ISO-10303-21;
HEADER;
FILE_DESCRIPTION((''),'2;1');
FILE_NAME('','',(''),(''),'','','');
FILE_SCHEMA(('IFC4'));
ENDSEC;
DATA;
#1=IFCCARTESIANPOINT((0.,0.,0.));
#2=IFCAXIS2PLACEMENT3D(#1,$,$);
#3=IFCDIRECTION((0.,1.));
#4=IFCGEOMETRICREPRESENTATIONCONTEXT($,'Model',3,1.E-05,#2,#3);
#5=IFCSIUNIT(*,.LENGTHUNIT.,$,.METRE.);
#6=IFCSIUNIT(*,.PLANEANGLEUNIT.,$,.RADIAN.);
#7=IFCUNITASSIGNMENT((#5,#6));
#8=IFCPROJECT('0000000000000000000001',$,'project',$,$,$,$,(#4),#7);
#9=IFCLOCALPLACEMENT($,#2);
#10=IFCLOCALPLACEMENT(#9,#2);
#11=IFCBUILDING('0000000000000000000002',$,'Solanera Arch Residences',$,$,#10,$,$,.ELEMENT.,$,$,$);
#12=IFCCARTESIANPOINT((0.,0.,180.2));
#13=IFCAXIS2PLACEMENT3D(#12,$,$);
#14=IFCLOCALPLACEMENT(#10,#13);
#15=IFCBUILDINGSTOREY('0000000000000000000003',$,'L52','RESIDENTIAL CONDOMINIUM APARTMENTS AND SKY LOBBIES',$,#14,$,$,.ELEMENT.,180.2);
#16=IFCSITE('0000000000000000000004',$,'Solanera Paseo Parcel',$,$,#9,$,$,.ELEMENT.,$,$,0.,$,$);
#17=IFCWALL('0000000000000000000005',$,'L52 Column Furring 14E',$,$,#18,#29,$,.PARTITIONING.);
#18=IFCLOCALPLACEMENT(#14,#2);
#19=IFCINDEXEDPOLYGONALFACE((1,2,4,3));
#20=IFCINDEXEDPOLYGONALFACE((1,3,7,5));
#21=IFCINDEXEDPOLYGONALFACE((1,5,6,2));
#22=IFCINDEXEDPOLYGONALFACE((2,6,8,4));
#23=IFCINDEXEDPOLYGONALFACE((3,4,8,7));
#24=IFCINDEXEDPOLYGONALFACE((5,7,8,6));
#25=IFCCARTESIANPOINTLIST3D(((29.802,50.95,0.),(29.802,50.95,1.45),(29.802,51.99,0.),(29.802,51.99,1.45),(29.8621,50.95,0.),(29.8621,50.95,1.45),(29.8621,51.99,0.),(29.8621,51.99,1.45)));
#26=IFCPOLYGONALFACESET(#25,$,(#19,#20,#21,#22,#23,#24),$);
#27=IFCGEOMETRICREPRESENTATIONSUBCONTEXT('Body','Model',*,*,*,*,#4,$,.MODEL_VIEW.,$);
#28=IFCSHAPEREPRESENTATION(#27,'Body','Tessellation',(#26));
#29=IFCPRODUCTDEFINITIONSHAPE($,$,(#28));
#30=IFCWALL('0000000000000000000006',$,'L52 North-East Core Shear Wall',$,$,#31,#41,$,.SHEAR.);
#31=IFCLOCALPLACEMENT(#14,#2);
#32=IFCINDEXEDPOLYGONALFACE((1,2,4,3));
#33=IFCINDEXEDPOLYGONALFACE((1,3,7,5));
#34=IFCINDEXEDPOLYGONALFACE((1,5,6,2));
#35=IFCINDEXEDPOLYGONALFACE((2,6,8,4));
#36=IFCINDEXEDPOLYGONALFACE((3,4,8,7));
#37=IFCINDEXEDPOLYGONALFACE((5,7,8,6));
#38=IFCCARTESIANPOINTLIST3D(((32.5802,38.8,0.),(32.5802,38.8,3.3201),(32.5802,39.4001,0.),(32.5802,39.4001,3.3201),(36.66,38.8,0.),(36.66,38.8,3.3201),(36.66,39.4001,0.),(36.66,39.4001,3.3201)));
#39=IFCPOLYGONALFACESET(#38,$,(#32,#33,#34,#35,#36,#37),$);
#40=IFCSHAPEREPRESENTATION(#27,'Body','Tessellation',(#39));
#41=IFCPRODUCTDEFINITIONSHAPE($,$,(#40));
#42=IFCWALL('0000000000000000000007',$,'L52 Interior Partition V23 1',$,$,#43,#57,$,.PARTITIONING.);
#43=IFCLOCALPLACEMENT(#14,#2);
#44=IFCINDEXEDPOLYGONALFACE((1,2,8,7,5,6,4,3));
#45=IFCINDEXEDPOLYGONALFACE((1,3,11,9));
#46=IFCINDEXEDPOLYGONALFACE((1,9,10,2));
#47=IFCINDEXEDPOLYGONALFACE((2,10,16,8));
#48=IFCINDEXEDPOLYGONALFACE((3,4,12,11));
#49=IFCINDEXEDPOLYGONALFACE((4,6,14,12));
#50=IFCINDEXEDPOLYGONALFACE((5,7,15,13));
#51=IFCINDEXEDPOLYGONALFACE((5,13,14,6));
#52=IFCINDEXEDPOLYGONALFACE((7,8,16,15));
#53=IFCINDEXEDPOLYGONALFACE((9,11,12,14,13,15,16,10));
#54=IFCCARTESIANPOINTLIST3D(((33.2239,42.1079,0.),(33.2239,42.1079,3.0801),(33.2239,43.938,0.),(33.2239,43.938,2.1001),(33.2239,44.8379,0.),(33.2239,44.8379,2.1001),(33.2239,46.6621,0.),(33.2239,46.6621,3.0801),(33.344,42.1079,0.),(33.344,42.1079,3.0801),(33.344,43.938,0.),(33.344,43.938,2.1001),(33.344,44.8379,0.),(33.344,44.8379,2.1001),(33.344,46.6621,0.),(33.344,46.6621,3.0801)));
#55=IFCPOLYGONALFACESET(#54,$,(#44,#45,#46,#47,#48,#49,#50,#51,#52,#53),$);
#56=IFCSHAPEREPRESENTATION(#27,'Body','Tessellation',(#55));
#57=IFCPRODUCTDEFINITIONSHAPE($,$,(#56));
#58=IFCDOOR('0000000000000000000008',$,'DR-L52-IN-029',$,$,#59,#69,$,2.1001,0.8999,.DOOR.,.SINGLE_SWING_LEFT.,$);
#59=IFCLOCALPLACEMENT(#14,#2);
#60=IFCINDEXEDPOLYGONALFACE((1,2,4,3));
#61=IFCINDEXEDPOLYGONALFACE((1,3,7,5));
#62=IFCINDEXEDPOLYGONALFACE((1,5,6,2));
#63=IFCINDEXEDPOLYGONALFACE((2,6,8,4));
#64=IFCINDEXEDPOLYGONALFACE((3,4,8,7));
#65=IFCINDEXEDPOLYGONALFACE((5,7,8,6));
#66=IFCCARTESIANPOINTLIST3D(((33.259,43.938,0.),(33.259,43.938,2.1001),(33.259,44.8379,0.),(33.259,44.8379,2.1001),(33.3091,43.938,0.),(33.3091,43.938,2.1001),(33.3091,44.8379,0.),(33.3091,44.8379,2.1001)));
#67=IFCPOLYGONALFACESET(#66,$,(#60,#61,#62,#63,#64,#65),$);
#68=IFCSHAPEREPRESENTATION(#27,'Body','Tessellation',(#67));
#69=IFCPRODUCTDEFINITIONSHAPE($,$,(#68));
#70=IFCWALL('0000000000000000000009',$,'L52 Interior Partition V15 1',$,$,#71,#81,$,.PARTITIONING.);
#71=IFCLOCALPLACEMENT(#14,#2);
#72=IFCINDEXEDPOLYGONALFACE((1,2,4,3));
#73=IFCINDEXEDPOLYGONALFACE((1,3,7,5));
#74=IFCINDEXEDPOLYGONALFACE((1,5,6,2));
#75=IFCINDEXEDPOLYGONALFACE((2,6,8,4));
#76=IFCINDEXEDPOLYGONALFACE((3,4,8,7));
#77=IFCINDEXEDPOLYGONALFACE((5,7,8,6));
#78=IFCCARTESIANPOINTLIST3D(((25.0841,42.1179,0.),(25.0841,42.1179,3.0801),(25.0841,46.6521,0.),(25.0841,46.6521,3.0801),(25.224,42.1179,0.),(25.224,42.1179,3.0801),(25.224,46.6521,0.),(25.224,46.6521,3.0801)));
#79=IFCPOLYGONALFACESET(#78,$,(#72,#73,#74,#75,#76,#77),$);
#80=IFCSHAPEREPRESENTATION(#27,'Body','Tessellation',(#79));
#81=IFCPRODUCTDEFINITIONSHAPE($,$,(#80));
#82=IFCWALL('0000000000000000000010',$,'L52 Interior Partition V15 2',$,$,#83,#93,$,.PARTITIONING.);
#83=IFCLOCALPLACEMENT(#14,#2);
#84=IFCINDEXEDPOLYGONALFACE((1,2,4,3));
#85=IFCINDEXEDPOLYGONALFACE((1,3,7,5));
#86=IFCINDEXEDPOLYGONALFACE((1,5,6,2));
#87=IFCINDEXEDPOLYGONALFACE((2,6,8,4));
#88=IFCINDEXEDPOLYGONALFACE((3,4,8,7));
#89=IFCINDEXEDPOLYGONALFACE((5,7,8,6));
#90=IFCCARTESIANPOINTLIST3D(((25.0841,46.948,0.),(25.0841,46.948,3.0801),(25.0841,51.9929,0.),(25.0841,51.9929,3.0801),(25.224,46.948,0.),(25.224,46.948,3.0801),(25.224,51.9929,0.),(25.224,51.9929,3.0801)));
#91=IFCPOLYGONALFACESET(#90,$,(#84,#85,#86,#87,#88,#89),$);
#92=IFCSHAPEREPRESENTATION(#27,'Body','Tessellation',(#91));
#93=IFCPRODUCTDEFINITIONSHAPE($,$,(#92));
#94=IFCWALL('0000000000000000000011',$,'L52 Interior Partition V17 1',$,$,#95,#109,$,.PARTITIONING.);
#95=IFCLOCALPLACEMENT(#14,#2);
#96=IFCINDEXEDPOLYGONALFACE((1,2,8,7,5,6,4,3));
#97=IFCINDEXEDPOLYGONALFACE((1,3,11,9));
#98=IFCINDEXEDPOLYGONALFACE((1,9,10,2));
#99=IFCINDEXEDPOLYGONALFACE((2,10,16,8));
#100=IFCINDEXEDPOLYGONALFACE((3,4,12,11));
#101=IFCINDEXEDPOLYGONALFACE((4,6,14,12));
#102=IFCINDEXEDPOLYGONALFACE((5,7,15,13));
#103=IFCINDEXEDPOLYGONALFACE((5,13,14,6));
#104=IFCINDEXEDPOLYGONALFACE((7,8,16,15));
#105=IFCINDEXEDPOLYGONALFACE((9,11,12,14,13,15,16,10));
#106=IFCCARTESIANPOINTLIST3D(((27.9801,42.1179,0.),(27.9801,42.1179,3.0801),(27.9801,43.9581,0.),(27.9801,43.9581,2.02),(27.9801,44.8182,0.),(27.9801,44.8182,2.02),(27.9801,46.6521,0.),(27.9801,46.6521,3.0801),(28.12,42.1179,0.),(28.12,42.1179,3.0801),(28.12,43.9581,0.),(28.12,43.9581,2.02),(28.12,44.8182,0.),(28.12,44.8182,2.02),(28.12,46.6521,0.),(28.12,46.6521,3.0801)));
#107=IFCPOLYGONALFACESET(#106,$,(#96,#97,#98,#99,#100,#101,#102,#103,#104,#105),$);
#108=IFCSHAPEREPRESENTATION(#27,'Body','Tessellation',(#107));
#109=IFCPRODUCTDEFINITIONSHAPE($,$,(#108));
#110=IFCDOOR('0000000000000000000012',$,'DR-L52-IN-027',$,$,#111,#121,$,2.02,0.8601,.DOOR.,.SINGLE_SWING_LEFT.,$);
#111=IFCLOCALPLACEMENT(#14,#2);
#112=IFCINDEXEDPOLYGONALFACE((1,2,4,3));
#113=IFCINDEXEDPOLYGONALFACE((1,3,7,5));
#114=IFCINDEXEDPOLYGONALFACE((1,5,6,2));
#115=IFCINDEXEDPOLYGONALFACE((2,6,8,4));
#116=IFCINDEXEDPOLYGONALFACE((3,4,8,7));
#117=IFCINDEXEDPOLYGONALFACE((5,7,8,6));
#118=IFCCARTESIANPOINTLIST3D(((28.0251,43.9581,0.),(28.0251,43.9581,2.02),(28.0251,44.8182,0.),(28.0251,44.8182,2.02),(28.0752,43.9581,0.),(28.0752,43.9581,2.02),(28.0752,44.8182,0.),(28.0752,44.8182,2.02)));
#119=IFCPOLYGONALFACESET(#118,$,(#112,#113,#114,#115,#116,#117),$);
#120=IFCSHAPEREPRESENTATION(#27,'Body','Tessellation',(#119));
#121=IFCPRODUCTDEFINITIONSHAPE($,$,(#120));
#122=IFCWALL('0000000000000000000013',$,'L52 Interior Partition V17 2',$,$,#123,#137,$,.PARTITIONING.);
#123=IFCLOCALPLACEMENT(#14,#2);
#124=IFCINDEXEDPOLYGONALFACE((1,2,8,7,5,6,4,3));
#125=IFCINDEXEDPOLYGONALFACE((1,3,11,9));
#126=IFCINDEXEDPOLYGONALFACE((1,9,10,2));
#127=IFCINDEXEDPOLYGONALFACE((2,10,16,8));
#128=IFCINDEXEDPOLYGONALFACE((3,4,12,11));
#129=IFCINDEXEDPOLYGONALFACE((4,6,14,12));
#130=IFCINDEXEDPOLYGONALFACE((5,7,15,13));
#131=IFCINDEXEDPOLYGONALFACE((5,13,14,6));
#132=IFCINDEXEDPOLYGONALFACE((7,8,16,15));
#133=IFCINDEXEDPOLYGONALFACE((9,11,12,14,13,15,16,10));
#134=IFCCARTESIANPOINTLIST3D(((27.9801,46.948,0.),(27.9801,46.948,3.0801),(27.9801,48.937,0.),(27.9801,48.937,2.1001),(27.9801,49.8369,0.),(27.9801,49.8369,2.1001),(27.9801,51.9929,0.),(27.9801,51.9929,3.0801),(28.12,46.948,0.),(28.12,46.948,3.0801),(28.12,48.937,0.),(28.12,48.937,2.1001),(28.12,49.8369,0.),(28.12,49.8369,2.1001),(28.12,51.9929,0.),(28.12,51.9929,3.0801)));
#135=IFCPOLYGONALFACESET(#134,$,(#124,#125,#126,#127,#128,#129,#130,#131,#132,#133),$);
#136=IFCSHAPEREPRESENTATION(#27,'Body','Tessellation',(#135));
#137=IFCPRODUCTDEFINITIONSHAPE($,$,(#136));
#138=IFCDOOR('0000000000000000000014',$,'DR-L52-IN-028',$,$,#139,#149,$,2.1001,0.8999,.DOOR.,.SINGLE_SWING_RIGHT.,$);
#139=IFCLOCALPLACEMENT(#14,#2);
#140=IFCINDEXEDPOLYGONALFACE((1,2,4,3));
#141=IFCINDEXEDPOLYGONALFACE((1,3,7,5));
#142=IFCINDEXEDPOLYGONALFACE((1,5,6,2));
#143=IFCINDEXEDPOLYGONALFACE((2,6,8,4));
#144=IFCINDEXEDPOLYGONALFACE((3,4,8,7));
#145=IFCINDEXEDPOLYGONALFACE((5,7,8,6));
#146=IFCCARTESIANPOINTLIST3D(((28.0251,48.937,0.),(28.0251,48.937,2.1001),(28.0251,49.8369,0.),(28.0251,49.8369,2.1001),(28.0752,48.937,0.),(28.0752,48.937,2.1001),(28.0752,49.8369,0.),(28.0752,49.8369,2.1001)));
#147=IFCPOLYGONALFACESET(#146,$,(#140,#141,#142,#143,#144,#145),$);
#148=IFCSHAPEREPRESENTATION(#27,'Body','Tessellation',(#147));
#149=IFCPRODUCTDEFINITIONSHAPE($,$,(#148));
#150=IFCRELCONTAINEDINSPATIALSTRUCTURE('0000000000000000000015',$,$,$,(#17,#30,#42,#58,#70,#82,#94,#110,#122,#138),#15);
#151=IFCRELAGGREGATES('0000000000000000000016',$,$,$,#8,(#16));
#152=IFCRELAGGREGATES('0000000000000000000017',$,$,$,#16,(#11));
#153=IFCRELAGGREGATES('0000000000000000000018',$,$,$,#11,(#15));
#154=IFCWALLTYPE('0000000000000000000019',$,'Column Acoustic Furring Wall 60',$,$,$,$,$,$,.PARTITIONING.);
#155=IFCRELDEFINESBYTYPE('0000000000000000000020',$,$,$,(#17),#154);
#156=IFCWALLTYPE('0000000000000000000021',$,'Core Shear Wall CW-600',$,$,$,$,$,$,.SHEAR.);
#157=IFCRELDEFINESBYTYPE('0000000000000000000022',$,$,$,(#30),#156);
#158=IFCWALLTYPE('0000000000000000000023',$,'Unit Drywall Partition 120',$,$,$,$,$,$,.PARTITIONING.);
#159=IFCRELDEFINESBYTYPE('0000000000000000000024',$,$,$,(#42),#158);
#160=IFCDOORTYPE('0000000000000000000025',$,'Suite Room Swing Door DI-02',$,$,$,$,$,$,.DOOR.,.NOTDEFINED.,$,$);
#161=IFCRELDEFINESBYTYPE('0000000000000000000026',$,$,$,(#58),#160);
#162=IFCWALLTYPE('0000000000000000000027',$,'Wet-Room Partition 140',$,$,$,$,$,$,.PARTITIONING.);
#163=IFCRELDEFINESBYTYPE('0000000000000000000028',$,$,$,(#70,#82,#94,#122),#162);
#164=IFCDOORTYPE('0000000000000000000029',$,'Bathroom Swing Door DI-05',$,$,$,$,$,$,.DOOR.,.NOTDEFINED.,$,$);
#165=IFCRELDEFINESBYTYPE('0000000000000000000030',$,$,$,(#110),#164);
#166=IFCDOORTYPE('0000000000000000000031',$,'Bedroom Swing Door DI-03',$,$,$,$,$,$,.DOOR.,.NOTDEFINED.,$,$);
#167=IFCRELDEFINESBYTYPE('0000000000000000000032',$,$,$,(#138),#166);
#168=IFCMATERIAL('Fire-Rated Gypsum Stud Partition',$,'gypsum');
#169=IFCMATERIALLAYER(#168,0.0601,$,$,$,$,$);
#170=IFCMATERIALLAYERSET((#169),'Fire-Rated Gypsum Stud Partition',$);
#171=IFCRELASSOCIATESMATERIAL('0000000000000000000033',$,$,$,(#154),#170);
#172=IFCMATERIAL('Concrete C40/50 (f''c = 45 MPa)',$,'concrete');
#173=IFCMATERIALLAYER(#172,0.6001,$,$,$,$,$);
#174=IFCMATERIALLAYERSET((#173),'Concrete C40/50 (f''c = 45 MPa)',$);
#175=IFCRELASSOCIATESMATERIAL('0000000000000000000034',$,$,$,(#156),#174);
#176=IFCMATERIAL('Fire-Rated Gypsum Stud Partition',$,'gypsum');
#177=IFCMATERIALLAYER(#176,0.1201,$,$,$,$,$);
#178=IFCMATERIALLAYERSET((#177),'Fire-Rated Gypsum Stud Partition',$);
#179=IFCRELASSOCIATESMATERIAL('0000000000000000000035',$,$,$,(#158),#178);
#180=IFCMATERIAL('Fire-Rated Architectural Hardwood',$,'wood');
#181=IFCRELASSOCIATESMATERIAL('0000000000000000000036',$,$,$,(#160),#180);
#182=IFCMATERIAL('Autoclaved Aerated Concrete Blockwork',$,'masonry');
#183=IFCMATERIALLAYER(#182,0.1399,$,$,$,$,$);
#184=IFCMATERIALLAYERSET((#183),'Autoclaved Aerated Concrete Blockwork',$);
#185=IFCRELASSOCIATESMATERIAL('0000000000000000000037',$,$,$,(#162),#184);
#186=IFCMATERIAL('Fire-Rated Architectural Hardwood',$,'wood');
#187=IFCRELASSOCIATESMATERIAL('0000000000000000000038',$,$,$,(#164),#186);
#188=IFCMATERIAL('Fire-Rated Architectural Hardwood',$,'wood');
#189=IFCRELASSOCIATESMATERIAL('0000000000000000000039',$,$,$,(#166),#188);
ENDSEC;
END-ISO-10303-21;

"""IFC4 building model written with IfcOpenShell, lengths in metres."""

from ifc_helpers import new_model, si_unit, direction, frame, frame_2d, origin, place, context, subcontext, project, spatial, rectangle, extrude, material, layer, layer_set, type_object, element, fill, save


model = new_model("IFC4")

# Units and contexts
model_context = context("Model", 3, precision=1e-05, world=origin(), true_north=direction((0.0, 1.0)))
body_context = subcontext(model_context, "Body", "Model", "MODEL_VIEW")
ifc_project = project(units=[si_unit("LENGTHUNIT", "METRE"), si_unit("PLANEANGLEUNIT", "RADIAN")], contexts=[model_context])

# Site, building, storey
site_placement = place(None, origin())
site = spatial("IfcSite", under=ifc_project, at=site_placement, Name="Solanera Paseo Parcel", CompositionType="ELEMENT", RefElevation=0.0)
building_placement = place(site_placement, origin())
building = spatial("IfcBuilding", under=site, at=building_placement, Name="Solanera Arch Residences", CompositionType="ELEMENT")
storey_placement = place(building_placement, frame((0.0, 0.0, 180.2)))
storey = spatial("IfcBuildingStorey", under=building, at=storey_placement, Name="L52", Description="RESIDENTIAL CONDOMINIUM APARTMENTS AND SKY LOBBIES", CompositionType="ELEMENT", Elevation=180.2)

# Walls
ifc_material_1 = material(Name="Fire-Rated Gypsum Stud Partition", Category="gypsum")
ifc_layer_1 = layer(ifc_material_1, 0.0601)
ifc_layer_set_1 = layer_set([ifc_layer_1], Name="Fire-Rated Gypsum Stud Partition")
wall_type_1 = type_object("IfcWallType", Name="Column Acoustic Furring Wall 60", PredefinedType="PARTITIONING", material=ifc_layer_set_1)
for number, where, z_axis, x_axis, name in (
    (1, (29.832, 50.95, 0.0), (0.0, 0.0, 1.0), (0.0, 1.0, 0.0), "L52 Column Furring 14E"),
):
    element("IfcWall", number, at=place(storey_placement, frame(where, z_axis=z_axis, x_axis=x_axis)), inside=storey, type_object=wall_type_1, Name=name, PredefinedType="PARTITIONING", context=body_context, shape_type="SweptSolid", body=[
        extrude(rectangle(XDim=1.04, YDim=0.0601, at=frame_2d((0.52, 0.0))), origin(), (0.0, 0.0, 1.0), 1.45),
    ])
ifc_material_2 = material(Name="Concrete C40/50 (f'c = 45 MPa)", Category="concrete")
ifc_layer_2 = layer(ifc_material_2, 0.6001)
ifc_layer_set_2 = layer_set([ifc_layer_2], Name="Concrete C40/50 (f'c = 45 MPa)")
wall_type_2 = type_object("IfcWallType", Name="Core Shear Wall CW-600", PredefinedType="SHEAR", material=ifc_layer_set_2)
wall_1_placement = place(storey_placement, frame((32.5801, 39.1001, 0.0), z_axis=(0.0, 0.0, 1.0), x_axis=(1.0, 0.0, 0.0)))
element("IfcWall", 2, at=wall_1_placement, inside=storey, type_object=wall_type_2, Name="L52 North-East Core Shear Wall", PredefinedType="SHEAR", context=body_context, shape_type="SweptSolid", body=[
    extrude(rectangle(XDim=4.0798, YDim=0.6001, at=frame_2d((2.04, 0.0))), origin(), (0.0, 0.0, 1.0), 3.3201),
])

# Wall, opening, door
ifc_material_3 = material(Name="Fire-Rated Gypsum Stud Partition", Category="gypsum")
ifc_layer_3 = layer(ifc_material_3, 0.1201)
ifc_layer_set_3 = layer_set([ifc_layer_3], Name="Fire-Rated Gypsum Stud Partition")
wall_type_3 = type_object("IfcWallType", Name="Unit Drywall Partition 120", PredefinedType="PARTITIONING", material=ifc_layer_set_3)
wall_2_placement = place(storey_placement, frame((33.2839, 42.1079, 0.0), z_axis=(0.0, 0.0, 1.0), x_axis=(0.0, 1.0, 0.0)))
wall_2 = element("IfcWall", 3, at=wall_2_placement, inside=storey, type_object=wall_type_3, Name="L52 Interior Partition V23 1", PredefinedType="PARTITIONING", context=body_context, shape_type="SweptSolid", body=[
    extrude(rectangle(XDim=4.5542, YDim=0.1201, at=frame_2d((2.2771, 0.0))), origin(), (0.0, 0.0, 1.0), 3.0801),
])
opening_1_placement = place(wall_2_placement, frame((1.8301, 0.0, 0.0)))
opening_1 = element("IfcOpeningElement", 4, at=opening_1_placement, cuts=wall_2, PredefinedType="OPENING", context=body_context, shape_type="SweptSolid", body=[
    extrude(rectangle(XDim=0.8999, YDim=2.1001, at=frame_2d((0.45, 1.05))), frame((0.0, 0.0701, 0.0), z_axis=(0.0, -1.0, 0.0), x_axis=(1.0, 0.0, 0.0)), (0.0, 0.0, 1.0), 0.1401),
])
ifc_material_4 = material(Name="Fire-Rated Architectural Hardwood", Category="wood")
door_type_1 = type_object("IfcDoorType", Name="Suite Room Swing Door DI-02", OperationType="NOTDEFINED", PredefinedType="DOOR", material=ifc_material_4)
door_1_placement = place(opening_1_placement, origin())
door_1 = element("IfcDoor", 5, at=door_1_placement, inside=storey, type_object=door_type_1, Name="DR-L52-IN-029", OperationType="SINGLE_SWING_LEFT", OverallHeight=2.1001, OverallWidth=0.8999, PredefinedType="DOOR", context=body_context, shape_type="SweptSolid", body=[
    extrude(rectangle(XDim=0.8999, YDim=2.1001, at=frame_2d((0.45, 1.05))), frame((0.0, 0.0249, 0.0), z_axis=(0.0, -1.0, 0.0), x_axis=(1.0, 0.0, 0.0)), (0.0, 0.0, 1.0), 0.05),
])
fill(opening_1, door_1)

# Walls
ifc_material_5 = material(Name="Autoclaved Aerated Concrete Blockwork", Category="masonry")
ifc_layer_4 = layer(ifc_material_5, 0.1399)
ifc_layer_set_4 = layer_set([ifc_layer_4], Name="Autoclaved Aerated Concrete Blockwork")
wall_type_4 = type_object("IfcWallType", Name="Wet-Room Partition 140", PredefinedType="PARTITIONING", material=ifc_layer_set_4)
wall_3_placement = place(storey_placement, frame((25.1541, 42.1179, 0.0), z_axis=(0.0, 0.0, 1.0), x_axis=(0.0, 1.0, 0.0)))
element("IfcWall", 6, at=wall_3_placement, inside=storey, type_object=wall_type_4, Name="L52 Interior Partition V15 1", PredefinedType="PARTITIONING", context=body_context, shape_type="SweptSolid", body=[
    extrude(rectangle(XDim=4.5342, YDim=0.1399, at=frame_2d((2.2671, 0.0))), origin(), (0.0, 0.0, 1.0), 3.0801),
])
wall_4_placement = place(storey_placement, frame((25.1541, 46.948, 0.0), z_axis=(0.0, 0.0, 1.0), x_axis=(0.0, 1.0, 0.0)))
element("IfcWall", 7, at=wall_4_placement, inside=storey, type_object=wall_type_4, Name="L52 Interior Partition V15 2", PredefinedType="PARTITIONING", context=body_context, shape_type="SweptSolid", body=[
    extrude(rectangle(XDim=5.0449, YDim=0.1399, at=frame_2d((2.5225, 0.0))), origin(), (0.0, 0.0, 1.0), 3.0801),
])

# Walls, openings, doors
wall_5_placement = place(storey_placement, frame((28.05, 42.1179, 0.0), z_axis=(0.0, 0.0, 1.0), x_axis=(0.0, 1.0, 0.0)))
wall_5 = element("IfcWall", 8, at=wall_5_placement, inside=storey, type_object=wall_type_4, Name="L52 Interior Partition V17 1", PredefinedType="PARTITIONING", context=body_context, shape_type="SweptSolid", body=[
    extrude(rectangle(XDim=4.5342, YDim=0.1399, at=frame_2d((2.2671, 0.0))), origin(), (0.0, 0.0, 1.0), 3.0801),
])
opening_2_placement = place(wall_5_placement, frame((1.8401, 0.0, 0.0)))
opening_2 = element("IfcOpeningElement", 9, at=opening_2_placement, cuts=wall_5, PredefinedType="OPENING", context=body_context, shape_type="SweptSolid", body=[
    extrude(rectangle(XDim=0.8601, YDim=2.02, at=frame_2d((0.4302, 1.01))), frame((0.0, 0.0798, 0.0), z_axis=(0.0, -1.0, 0.0), x_axis=(1.0, 0.0, 0.0)), (0.0, 0.0, 1.0), 0.1599),
])
ifc_material_6 = material(Name="Fire-Rated Architectural Hardwood", Category="wood")
door_type_2 = type_object("IfcDoorType", Name="Bathroom Swing Door DI-05", OperationType="NOTDEFINED", PredefinedType="DOOR", material=ifc_material_6)
door_2_placement = place(opening_2_placement, origin())
door_2 = element("IfcDoor", 10, at=door_2_placement, inside=storey, type_object=door_type_2, Name="DR-L52-IN-027", OperationType="SINGLE_SWING_LEFT", OverallHeight=2.02, OverallWidth=0.8601, PredefinedType="DOOR", context=body_context, shape_type="SweptSolid", body=[
    extrude(rectangle(XDim=0.8601, YDim=2.02, at=frame_2d((0.4302, 1.01))), frame((0.0, 0.0249, 0.0), z_axis=(0.0, -1.0, 0.0), x_axis=(1.0, 0.0, 0.0)), (0.0, 0.0, 1.0), 0.05),
])
fill(opening_2, door_2)
wall_6_placement = place(storey_placement, frame((28.05, 46.948, 0.0), z_axis=(0.0, 0.0, 1.0), x_axis=(0.0, 1.0, 0.0)))
wall_6 = element("IfcWall", 11, at=wall_6_placement, inside=storey, type_object=wall_type_4, Name="L52 Interior Partition V17 2", PredefinedType="PARTITIONING", context=body_context, shape_type="SweptSolid", body=[
    extrude(rectangle(XDim=5.0449, YDim=0.1399, at=frame_2d((2.5225, 0.0))), origin(), (0.0, 0.0, 1.0), 3.0801),
])
opening_3_placement = place(wall_6_placement, frame((1.989, 0.0, 0.0)))
opening_3 = element("IfcOpeningElement", 12, at=opening_3_placement, cuts=wall_6, PredefinedType="OPENING", context=body_context, shape_type="SweptSolid", body=[
    extrude(rectangle(XDim=0.8999, YDim=2.1001, at=frame_2d((0.45, 1.05))), frame((0.0, 0.0798, 0.0), z_axis=(0.0, -1.0, 0.0), x_axis=(1.0, 0.0, 0.0)), (0.0, 0.0, 1.0), 0.1599),
])
ifc_material_7 = material(Name="Fire-Rated Architectural Hardwood", Category="wood")
door_type_3 = type_object("IfcDoorType", Name="Bedroom Swing Door DI-03", OperationType="NOTDEFINED", PredefinedType="DOOR", material=ifc_material_7)
door_3_placement = place(opening_3_placement, origin())
door_3 = element("IfcDoor", 13, at=door_3_placement, inside=storey, type_object=door_type_3, Name="DR-L52-IN-028", OperationType="SINGLE_SWING_RIGHT", OverallHeight=2.1001, OverallWidth=0.8999, PredefinedType="DOOR", context=body_context, shape_type="SweptSolid", body=[
    extrude(rectangle(XDim=0.8999, YDim=2.1001, at=frame_2d((0.45, 1.05))), frame((0.0, 0.0249, 0.0), z_axis=(0.0, -1.0, 0.0), x_axis=(1.0, 0.0, 0.0)), (0.0, 0.0, 1.0), 0.05),
])
fill(opening_3, door_3)

save(model, "model.ifc")
